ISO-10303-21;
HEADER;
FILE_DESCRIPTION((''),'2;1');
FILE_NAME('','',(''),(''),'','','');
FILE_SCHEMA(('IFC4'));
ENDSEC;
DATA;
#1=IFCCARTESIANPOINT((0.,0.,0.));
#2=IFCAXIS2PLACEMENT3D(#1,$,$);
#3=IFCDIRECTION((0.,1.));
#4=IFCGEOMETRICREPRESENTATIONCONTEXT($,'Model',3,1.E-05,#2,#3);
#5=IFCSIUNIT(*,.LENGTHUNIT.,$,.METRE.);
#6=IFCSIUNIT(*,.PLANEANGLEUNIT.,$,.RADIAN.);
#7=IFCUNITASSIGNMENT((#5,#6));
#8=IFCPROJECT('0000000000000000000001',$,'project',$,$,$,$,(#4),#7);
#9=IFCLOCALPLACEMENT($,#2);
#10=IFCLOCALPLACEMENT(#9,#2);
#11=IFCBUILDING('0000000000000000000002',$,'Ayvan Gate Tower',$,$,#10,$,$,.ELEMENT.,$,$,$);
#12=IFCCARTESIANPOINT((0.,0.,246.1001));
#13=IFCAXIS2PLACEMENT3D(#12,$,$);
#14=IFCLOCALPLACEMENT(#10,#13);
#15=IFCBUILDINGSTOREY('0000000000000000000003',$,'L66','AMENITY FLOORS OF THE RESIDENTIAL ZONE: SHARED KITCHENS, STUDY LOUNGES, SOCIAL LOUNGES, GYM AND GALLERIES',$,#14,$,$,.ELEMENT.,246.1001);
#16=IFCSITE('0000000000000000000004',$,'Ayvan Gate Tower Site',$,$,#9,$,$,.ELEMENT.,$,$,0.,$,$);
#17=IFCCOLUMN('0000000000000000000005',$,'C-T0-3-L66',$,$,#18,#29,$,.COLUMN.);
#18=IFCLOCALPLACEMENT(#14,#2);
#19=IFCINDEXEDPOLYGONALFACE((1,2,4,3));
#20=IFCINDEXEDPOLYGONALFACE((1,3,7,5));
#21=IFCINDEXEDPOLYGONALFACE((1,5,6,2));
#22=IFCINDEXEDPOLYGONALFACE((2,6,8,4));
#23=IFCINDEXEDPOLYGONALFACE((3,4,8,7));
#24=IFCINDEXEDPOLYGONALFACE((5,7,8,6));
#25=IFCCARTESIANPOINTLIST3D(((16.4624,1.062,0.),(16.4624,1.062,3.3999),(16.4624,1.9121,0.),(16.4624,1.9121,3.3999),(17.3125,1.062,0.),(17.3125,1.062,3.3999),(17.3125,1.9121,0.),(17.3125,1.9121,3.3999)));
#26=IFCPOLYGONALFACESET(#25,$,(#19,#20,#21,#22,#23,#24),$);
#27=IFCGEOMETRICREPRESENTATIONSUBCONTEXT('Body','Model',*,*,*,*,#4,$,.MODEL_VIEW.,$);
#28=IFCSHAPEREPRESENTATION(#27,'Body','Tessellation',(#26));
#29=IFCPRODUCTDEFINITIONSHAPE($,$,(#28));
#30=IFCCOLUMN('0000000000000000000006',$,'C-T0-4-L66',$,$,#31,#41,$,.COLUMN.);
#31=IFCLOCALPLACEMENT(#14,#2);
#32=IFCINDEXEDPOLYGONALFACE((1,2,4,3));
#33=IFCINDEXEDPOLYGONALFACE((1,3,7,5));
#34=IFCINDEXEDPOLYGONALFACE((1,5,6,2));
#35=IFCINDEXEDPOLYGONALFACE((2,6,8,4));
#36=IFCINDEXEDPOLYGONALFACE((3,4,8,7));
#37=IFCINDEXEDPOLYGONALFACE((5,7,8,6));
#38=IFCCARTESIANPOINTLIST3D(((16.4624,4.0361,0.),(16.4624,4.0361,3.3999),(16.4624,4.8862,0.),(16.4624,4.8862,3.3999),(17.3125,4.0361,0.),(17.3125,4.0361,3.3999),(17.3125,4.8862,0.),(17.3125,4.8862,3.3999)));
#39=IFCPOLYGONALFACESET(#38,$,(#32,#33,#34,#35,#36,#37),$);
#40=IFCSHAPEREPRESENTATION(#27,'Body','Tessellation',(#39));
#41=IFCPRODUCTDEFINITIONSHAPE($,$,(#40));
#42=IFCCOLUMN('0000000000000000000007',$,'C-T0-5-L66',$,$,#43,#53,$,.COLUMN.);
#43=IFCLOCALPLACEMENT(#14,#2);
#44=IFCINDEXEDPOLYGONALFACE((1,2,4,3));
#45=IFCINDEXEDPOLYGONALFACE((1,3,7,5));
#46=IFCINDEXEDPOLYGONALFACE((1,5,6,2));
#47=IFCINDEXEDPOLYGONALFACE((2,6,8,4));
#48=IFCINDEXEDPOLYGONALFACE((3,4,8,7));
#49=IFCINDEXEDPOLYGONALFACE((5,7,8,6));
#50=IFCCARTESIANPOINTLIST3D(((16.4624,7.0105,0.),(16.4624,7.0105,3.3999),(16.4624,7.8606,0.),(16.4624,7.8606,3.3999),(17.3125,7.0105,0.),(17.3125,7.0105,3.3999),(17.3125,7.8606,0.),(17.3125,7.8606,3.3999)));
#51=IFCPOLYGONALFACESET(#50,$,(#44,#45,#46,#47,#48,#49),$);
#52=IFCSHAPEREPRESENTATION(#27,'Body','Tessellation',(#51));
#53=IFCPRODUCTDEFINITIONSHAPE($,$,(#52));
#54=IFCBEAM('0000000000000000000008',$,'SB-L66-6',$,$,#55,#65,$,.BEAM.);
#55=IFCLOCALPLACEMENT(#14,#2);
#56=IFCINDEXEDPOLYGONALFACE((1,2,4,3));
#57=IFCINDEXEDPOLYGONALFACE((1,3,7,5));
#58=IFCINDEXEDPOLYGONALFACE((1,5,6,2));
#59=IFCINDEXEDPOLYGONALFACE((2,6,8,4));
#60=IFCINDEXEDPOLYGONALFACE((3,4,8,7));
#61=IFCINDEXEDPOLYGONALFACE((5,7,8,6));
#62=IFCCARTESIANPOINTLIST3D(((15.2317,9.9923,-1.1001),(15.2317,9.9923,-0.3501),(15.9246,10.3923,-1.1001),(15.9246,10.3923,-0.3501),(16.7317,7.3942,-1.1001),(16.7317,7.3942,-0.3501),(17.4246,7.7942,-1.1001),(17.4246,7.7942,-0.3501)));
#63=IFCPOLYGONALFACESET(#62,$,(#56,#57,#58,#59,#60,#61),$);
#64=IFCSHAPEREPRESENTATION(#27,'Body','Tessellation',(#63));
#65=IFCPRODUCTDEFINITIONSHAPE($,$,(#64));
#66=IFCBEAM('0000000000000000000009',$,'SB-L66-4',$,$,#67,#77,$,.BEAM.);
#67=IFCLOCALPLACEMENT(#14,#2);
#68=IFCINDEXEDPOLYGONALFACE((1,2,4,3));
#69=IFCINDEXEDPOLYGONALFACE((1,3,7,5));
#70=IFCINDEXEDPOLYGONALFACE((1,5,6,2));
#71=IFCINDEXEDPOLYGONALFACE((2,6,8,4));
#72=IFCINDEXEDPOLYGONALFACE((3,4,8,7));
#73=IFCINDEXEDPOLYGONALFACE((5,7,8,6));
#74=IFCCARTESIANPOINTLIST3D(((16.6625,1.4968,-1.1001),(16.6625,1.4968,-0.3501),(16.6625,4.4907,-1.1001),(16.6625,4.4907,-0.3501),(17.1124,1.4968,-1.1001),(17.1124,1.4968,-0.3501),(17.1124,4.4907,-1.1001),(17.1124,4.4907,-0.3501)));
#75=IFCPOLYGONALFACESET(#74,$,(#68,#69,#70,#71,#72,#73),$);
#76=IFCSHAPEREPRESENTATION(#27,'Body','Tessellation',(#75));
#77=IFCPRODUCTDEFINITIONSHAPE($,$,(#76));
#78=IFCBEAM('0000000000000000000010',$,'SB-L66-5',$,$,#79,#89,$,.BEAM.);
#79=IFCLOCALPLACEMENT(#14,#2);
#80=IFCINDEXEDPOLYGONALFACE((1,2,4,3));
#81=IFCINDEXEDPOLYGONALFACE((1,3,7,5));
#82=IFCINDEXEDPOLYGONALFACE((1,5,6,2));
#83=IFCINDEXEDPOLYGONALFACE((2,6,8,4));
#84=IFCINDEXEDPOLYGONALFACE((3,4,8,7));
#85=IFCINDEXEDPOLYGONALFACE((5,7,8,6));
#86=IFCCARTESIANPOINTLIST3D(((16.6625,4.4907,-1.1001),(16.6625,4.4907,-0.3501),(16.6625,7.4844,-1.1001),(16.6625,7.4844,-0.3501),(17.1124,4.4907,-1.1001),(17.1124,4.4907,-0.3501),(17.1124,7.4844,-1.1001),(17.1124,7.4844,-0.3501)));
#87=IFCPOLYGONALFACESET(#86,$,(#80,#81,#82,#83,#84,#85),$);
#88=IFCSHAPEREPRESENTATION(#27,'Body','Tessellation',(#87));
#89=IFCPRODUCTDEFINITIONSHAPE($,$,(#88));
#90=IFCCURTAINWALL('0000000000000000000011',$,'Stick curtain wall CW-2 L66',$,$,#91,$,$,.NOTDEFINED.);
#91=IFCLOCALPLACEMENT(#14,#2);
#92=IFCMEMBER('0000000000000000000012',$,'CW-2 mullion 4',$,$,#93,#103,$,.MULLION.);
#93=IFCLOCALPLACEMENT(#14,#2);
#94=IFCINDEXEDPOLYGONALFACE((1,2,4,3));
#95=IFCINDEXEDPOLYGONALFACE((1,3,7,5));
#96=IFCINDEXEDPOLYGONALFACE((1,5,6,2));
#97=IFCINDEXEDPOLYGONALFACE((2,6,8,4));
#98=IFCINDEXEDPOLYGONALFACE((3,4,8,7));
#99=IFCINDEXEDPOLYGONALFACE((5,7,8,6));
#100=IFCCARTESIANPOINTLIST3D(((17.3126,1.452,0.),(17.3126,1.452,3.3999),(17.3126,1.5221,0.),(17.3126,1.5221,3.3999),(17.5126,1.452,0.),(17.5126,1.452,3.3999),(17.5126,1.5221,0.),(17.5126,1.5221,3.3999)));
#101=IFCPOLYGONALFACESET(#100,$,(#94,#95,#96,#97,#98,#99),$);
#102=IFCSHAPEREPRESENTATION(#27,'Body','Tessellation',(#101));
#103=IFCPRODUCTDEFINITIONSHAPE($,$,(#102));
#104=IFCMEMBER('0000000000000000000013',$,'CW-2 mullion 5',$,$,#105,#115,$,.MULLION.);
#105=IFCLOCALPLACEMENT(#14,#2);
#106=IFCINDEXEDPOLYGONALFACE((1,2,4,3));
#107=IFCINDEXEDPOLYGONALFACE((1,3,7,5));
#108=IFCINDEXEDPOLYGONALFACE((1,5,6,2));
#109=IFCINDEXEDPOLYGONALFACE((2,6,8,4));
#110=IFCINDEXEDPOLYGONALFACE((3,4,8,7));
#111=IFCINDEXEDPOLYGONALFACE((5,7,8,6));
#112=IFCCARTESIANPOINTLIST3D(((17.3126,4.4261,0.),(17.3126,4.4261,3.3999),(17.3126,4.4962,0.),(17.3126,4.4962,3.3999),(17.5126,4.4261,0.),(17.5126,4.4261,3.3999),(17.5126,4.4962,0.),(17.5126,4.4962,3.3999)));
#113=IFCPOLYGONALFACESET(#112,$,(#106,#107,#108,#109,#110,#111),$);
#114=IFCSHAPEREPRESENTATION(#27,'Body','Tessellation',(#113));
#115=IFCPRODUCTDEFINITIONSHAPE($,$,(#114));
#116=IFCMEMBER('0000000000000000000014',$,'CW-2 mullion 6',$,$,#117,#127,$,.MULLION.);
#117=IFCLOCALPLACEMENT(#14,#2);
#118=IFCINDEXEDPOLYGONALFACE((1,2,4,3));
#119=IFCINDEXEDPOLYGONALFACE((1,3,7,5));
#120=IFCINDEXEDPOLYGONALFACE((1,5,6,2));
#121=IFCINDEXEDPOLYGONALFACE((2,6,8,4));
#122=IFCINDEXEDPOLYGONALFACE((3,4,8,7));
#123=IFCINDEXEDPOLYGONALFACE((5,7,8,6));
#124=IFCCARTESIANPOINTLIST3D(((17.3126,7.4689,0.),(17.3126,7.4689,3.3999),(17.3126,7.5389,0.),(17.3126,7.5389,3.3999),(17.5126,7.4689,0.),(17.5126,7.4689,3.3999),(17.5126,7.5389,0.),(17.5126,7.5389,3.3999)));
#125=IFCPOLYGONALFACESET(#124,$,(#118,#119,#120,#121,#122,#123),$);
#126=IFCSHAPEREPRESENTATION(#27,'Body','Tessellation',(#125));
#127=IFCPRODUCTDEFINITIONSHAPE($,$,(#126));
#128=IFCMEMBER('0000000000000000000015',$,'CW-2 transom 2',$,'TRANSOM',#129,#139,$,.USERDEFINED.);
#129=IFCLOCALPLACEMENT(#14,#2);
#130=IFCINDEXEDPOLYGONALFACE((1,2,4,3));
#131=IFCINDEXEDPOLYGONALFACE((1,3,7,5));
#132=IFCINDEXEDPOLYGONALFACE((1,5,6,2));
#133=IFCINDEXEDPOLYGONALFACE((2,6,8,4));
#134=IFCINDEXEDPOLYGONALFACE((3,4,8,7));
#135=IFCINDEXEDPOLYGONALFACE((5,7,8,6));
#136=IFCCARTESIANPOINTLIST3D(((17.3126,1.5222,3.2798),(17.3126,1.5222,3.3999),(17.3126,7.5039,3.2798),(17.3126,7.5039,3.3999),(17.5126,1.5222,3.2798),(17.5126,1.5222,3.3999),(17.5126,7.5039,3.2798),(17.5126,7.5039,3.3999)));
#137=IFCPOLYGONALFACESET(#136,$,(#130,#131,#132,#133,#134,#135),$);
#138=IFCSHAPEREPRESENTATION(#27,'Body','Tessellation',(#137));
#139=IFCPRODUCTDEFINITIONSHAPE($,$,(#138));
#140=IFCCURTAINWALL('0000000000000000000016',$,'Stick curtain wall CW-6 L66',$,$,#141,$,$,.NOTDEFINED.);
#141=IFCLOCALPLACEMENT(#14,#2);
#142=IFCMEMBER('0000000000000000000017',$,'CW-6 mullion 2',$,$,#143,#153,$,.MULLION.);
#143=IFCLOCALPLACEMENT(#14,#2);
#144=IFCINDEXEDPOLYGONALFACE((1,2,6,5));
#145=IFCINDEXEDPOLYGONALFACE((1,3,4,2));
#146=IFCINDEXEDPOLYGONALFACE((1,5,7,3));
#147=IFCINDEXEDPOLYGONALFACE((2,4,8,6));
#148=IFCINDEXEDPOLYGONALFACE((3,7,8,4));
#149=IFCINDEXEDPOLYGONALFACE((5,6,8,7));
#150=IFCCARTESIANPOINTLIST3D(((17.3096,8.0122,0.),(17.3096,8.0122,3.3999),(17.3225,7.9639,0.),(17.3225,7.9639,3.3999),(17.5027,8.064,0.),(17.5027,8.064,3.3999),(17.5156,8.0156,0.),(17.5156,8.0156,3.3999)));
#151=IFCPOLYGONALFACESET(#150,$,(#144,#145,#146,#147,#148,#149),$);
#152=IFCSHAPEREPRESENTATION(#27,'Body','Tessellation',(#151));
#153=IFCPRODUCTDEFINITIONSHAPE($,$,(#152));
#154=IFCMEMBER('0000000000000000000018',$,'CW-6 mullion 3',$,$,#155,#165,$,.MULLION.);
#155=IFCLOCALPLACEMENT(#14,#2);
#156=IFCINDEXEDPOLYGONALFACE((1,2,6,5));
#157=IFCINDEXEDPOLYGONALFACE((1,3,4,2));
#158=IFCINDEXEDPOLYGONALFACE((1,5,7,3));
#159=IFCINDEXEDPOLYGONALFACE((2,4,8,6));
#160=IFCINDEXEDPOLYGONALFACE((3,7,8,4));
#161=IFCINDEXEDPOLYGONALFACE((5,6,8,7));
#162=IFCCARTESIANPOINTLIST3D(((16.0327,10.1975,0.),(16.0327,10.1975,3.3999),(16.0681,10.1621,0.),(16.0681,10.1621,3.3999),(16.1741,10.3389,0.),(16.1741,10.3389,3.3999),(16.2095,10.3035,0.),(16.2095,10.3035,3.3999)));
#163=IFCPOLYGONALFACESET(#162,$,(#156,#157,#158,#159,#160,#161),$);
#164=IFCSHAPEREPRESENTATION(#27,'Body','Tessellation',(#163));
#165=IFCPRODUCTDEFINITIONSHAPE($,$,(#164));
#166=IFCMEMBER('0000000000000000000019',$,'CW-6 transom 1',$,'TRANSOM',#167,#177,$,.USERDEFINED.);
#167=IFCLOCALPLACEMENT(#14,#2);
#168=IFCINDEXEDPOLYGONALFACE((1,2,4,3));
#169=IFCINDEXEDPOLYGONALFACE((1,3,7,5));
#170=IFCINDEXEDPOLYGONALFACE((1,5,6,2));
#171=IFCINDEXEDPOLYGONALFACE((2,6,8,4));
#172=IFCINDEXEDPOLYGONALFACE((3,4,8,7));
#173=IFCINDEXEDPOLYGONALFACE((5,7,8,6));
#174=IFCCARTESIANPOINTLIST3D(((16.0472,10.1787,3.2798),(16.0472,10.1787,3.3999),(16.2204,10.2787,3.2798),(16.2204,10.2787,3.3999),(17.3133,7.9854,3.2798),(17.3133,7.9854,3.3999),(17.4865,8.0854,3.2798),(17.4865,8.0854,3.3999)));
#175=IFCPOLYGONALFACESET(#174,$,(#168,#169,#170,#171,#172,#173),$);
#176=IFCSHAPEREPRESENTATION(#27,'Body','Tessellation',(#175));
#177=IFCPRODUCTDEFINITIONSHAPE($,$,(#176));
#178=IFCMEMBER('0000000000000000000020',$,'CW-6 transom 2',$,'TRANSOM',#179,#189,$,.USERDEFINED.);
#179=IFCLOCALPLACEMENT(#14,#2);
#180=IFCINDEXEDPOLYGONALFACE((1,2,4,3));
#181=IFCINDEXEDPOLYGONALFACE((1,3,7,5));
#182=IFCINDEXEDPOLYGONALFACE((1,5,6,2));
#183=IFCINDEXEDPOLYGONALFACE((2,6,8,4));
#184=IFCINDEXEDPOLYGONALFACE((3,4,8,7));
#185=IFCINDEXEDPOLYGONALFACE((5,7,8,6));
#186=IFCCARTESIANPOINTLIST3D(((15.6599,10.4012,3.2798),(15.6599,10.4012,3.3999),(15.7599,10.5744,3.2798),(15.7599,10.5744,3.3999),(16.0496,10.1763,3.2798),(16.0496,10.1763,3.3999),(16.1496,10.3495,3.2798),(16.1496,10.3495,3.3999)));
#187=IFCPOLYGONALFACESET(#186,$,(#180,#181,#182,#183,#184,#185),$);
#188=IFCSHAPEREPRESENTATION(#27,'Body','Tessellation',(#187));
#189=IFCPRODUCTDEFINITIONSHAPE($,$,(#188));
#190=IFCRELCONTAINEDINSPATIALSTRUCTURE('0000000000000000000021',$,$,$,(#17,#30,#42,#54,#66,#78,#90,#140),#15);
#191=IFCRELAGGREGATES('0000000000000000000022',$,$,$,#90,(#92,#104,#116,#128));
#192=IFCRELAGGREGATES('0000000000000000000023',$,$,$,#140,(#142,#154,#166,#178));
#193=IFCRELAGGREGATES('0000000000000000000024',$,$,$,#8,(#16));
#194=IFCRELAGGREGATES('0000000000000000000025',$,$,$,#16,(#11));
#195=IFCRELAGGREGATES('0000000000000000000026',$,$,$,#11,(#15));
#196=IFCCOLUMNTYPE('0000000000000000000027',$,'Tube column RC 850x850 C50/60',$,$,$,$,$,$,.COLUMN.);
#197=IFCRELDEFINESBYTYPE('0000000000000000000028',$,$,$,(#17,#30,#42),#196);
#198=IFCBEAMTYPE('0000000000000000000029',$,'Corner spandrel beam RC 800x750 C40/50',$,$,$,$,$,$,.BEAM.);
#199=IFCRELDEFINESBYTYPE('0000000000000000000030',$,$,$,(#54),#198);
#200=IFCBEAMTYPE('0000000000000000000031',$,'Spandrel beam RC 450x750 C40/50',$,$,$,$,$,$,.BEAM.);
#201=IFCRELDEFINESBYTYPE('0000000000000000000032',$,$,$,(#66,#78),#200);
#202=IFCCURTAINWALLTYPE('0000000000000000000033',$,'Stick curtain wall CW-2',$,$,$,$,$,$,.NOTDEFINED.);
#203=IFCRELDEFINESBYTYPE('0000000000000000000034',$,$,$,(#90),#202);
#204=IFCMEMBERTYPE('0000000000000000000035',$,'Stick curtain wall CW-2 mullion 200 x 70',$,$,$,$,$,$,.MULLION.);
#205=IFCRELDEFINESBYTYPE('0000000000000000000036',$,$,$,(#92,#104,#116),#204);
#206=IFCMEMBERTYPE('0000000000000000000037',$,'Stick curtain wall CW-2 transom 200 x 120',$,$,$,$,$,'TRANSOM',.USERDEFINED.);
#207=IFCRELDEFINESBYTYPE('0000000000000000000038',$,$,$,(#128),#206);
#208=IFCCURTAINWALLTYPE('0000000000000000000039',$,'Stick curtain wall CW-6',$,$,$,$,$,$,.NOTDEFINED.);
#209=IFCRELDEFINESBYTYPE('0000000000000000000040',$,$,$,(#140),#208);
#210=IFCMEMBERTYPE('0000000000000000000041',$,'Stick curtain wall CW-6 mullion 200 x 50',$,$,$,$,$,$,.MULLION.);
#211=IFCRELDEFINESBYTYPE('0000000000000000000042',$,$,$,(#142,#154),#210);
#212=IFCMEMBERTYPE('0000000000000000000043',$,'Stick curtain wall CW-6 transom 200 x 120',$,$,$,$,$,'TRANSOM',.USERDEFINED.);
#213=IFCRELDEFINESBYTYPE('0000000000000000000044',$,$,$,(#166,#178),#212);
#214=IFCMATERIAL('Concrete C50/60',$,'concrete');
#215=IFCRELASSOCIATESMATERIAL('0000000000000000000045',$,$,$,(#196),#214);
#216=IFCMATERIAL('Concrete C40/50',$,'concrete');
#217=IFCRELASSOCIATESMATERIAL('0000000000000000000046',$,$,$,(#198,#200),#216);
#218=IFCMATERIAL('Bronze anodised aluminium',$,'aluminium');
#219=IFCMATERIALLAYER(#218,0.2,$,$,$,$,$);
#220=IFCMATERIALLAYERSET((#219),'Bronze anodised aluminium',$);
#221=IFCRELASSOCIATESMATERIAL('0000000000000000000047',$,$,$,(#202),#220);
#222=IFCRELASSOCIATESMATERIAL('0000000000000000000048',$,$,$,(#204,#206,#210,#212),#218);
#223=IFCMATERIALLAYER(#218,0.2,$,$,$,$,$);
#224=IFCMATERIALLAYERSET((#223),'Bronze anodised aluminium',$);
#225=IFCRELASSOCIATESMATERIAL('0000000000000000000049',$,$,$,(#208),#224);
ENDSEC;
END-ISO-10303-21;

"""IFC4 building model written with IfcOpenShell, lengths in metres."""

from ifc_helpers import new_model, si_unit, direction, frame, origin, origin_2d, place, context, subcontext, project, spatial, rectangle, extrude, material, layer, layer_set, material_profile, profile_set, type_object, element, aggregate, save


model = new_model("IFC4")

# Units and contexts
model_context = context("Model", 3, precision=1e-05, world=origin(), true_north=direction((0.0, 1.0)))
body_context = subcontext(model_context, "Body", "Model", "MODEL_VIEW")
ifc_project = project(units=[si_unit("LENGTHUNIT", "METRE"), si_unit("PLANEANGLEUNIT", "RADIAN")], contexts=[model_context])

# Site, building, storey
site_placement = place(None, origin())
site = spatial("IfcSite", under=ifc_project, at=site_placement, Name="Ayvan Gate Tower Site", CompositionType="ELEMENT", RefElevation=0.0)
building_placement = place(site_placement, origin())
building = spatial("IfcBuilding", under=site, at=building_placement, Name="Ayvan Gate Tower", CompositionType="ELEMENT")
storey_placement = place(building_placement, frame((0.0, 0.0, 246.1001)))
storey = spatial("IfcBuildingStorey", under=building, at=storey_placement, Name="L66", Description="AMENITY FLOORS OF THE RESIDENTIAL ZONE: SHARED KITCHENS, STUDY LOUNGES, SOCIAL LOUNGES, GYM AND GALLERIES", CompositionType="ELEMENT", Elevation=246.1001)

# Columns
ifc_material_1 = material(Name="Concrete C50/60", Category="concrete")
ifc_material_profile_1 = material_profile(ifc_material_1, rectangle(XDim=0.8501, YDim=0.8501, at=origin_2d()), Name="RC 850x850")
ifc_profile_set_1 = profile_set([ifc_material_profile_1], Name="Concrete C50/60")
column_type = type_object("IfcColumnType", Name="Tube column RC 850x850 C50/60", PredefinedType="COLUMN", material=ifc_profile_set_1)
for number, where, z_axis, x_axis, name in (
    (1, (16.8875, 1.4871, 0.0), (0.0, 0.0, 1.0), (1.0, 0.0, 0.0), "C-T0-3-L66"),
    (2, (16.8875, 4.4612, 0.0), (0.0, 0.0, 1.0), (1.0, 0.0, 0.0), "C-T0-4-L66"),
    (3, (16.8875, 7.4355, 0.0), (0.0, 0.0, 1.0), (1.0, 0.0, 0.0), "C-T0-5-L66"),
):
    element("IfcColumn", number, at=place(storey_placement, frame(where, z_axis=z_axis, x_axis=x_axis)), inside=storey, type_object=column_type, Name=name, PredefinedType="COLUMN", context=body_context, shape_type="SweptSolid", body=[
        extrude(rectangle(XDim=0.8501, YDim=0.8501, at=origin_2d()), origin(), (0.0, 0.0, 1.0), 3.3999),
    ])

# Beams
ifc_material_2 = material(Name="Concrete C40/50", Category="concrete")
ifc_material_profile_2 = material_profile(ifc_material_2, rectangle(XDim=0.8, YDim=0.75, at=origin_2d()), Name="RC 800x750")
ifc_profile_set_2 = profile_set([ifc_material_profile_2], Name="Concrete C40/50")
beam_type_1 = type_object("IfcBeamType", Name="Corner spandrel beam RC 800x750 C40/50", PredefinedType="BEAM", material=ifc_profile_set_2)
beam_1_placement = place(storey_placement, frame((17.0781, 7.5942, -0.7251), z_axis=(-0.49999, 0.866031, 0.0), x_axis=(-0.866031, -0.49999, 0.0)))
element("IfcBeam", 4, at=beam_1_placement, inside=storey, type_object=beam_type_1, Name="SB-L66-6", PredefinedType="BEAM", context=body_context, shape_type="SweptSolid", body=[
    extrude(rectangle(XDim=0.8, YDim=0.75, at=origin_2d()), origin(), (0.0, 0.0, 1.0), 3.0),
])
ifc_material_profile_3 = material_profile(ifc_material_2, rectangle(XDim=0.45, YDim=0.75, at=origin_2d()), Name="RC 450x750")
ifc_profile_set_3 = profile_set([ifc_material_profile_3], Name="Concrete C40/50")
beam_type_2 = type_object("IfcBeamType", Name="Spandrel beam RC 450x750 C40/50", PredefinedType="BEAM", material=ifc_profile_set_3)
beam_2_placement = place(storey_placement, frame((16.8875, 1.4968, -0.7251), z_axis=(0.0, 1.0, 0.0), x_axis=(-1.0, 0.0, 0.0)))
element("IfcBeam", 5, at=beam_2_placement, inside=storey, type_object=beam_type_2, Name="SB-L66-4", PredefinedType="BEAM", context=body_context, shape_type="SweptSolid", body=[
    extrude(rectangle(XDim=0.45, YDim=0.75, at=origin_2d()), origin(), (0.0, 0.0, 1.0), 2.9939),
])
beam_3_placement = place(storey_placement, frame((16.8875, 4.4907, -0.7251), z_axis=(0.0, 1.0, 0.0), x_axis=(-1.0, 0.0, 0.0)))
element("IfcBeam", 6, at=beam_3_placement, inside=storey, type_object=beam_type_2, Name="SB-L66-5", PredefinedType="BEAM", context=body_context, shape_type="SweptSolid", body=[
    extrude(rectangle(XDim=0.45, YDim=0.75, at=origin_2d()), origin(), (0.0, 0.0, 1.0), 2.9937),
])

# Curtain walls, members
ifc_material_3 = material(Name="Bronze anodised aluminium", Category="aluminium")
ifc_layer_1 = layer(ifc_material_3, 0.2)
ifc_layer_set_1 = layer_set([ifc_layer_1], Name="Bronze anodised aluminium")
curtain_wall_type_1 = type_object("IfcCurtainWallType", Name="Stick curtain wall CW-2", PredefinedType="NOTDEFINED", material=ifc_layer_set_1)
curtain_wall_1_placement = place(storey_placement, origin())
curtain_wall_1 = element("IfcCurtainWall", 7, at=curtain_wall_1_placement, inside=storey, type_object=curtain_wall_type_1, Name="Stick curtain wall CW-2 L66", PredefinedType="NOTDEFINED")
ifc_material_profile_4 = material_profile(ifc_material_3, rectangle(XDim=0.2, YDim=0.0701, at=origin_2d()), Name="Stick curtain wall CW-2 mullion 200 x 70")
ifc_profile_set_4 = profile_set([ifc_material_profile_4], Name="Bronze anodised aluminium")
member_type_1 = type_object("IfcMemberType", Name="Stick curtain wall CW-2 mullion 200 x 70", PredefinedType="MULLION", material=ifc_profile_set_4)
member_1_placement = place(storey_placement, frame((17.4126, 1.4871, 0.0), z_axis=(0.0, 0.0, 1.0), x_axis=(1.0, 0.0, 0.0)))
member_1 = element("IfcMember", 8, at=member_1_placement, type_object=member_type_1, Name="CW-2 mullion 4", PredefinedType="MULLION", context=body_context, shape_type="SweptSolid", body=[
    extrude(rectangle(XDim=0.2, YDim=0.0701, at=origin_2d()), origin(), (0.0, 0.0, 1.0), 3.3999),
])
member_2_placement = place(storey_placement, frame((17.4126, 4.4612, 0.0), z_axis=(0.0, 0.0, 1.0), x_axis=(1.0, 0.0, 0.0)))
member_2 = element("IfcMember", 9, at=member_2_placement, type_object=member_type_1, Name="CW-2 mullion 5", PredefinedType="MULLION", context=body_context, shape_type="SweptSolid", body=[
    extrude(rectangle(XDim=0.2, YDim=0.0701, at=origin_2d()), origin(), (0.0, 0.0, 1.0), 3.3999),
])
member_3_placement = place(storey_placement, frame((17.4126, 7.5039, 0.0), z_axis=(0.0, 0.0, 1.0), x_axis=(1.0, 0.0, 0.0)))
member_3 = element("IfcMember", 10, at=member_3_placement, type_object=member_type_1, Name="CW-2 mullion 6", PredefinedType="MULLION", context=body_context, shape_type="SweptSolid", body=[
    extrude(rectangle(XDim=0.2, YDim=0.0701, at=origin_2d()), origin(), (0.0, 0.0, 1.0), 3.3999),
])
ifc_material_profile_5 = material_profile(ifc_material_3, rectangle(XDim=0.2, YDim=0.1201, at=origin_2d()), Name="Stick curtain wall CW-2 transom 200 x 120")
ifc_profile_set_5 = profile_set([ifc_material_profile_5], Name="Bronze anodised aluminium")
member_type_2 = type_object("IfcMemberType", Name="Stick curtain wall CW-2 transom 200 x 120", ElementType="TRANSOM", PredefinedType="USERDEFINED", material=ifc_profile_set_5)
member_4_placement = place(storey_placement, frame((17.4126, 1.5222, 3.3398), z_axis=(0.0, 1.0, 0.0), x_axis=(-1.0, 0.0, 0.0)))
member_4 = element("IfcMember", 11, at=member_4_placement, type_object=member_type_2, Name="CW-2 transom 2", ObjectType="TRANSOM", PredefinedType="USERDEFINED", context=body_context, shape_type="SweptSolid", body=[
    extrude(rectangle(XDim=0.2, YDim=0.1201, at=origin_2d()), origin(), (0.0, 0.0, 1.0), 5.9817),
])
ifc_layer_2 = layer(ifc_material_3, 0.2)
ifc_layer_set_2 = layer_set([ifc_layer_2], Name="Bronze anodised aluminium")
curtain_wall_type_2 = type_object("IfcCurtainWallType", Name="Stick curtain wall CW-6", PredefinedType="NOTDEFINED", material=ifc_layer_set_2)
curtain_wall_2_placement = place(storey_placement, origin())
curtain_wall_2 = element("IfcCurtainWall", 12, at=curtain_wall_2_placement, inside=storey, type_object=curtain_wall_type_2, Name="Stick curtain wall CW-6 L66", PredefinedType="NOTDEFINED")
ifc_material_profile_6 = material_profile(ifc_material_3, rectangle(XDim=0.2, YDim=0.05, at=origin_2d()), Name="Stick curtain wall CW-6 mullion 200 x 50")
ifc_profile_set_6 = profile_set([ifc_material_profile_6], Name="Bronze anodised aluminium")
member_type_3 = type_object("IfcMemberType", Name="Stick curtain wall CW-6 mullion 200 x 50", PredefinedType="MULLION", material=ifc_profile_set_6)
member_5_placement = place(storey_placement, frame((17.4126, 8.0139, 0.0), z_axis=(0.0, 0.0, 1.0), x_axis=(0.965926, 0.258819, 0.0)))
member_5 = element("IfcMember", 13, at=member_5_placement, type_object=member_type_3, Name="CW-6 mullion 2", PredefinedType="MULLION", context=body_context, shape_type="SweptSolid", body=[
    extrude(rectangle(XDim=0.2, YDim=0.05, at=origin_2d()), origin(), (0.0, 0.0, 1.0), 3.3999),
])
member_6_placement = place(storey_placement, frame((16.1211, 10.2505, 0.0), z_axis=(0.0, 0.0, 1.0), x_axis=(0.707107, 0.707107, 0.0)))
member_6 = element("IfcMember", 14, at=member_6_placement, type_object=member_type_3, Name="CW-6 mullion 3", PredefinedType="MULLION", context=body_context, shape_type="SweptSolid", body=[
    extrude(rectangle(XDim=0.2, YDim=0.05, at=origin_2d()), origin(), (0.0, 0.0, 1.0), 3.3999),
])
ifc_material_profile_7 = material_profile(ifc_material_3, rectangle(XDim=0.2, YDim=0.1201, at=origin_2d()), Name="Stick curtain wall CW-6 transom 200 x 120")
ifc_profile_set_7 = profile_set([ifc_material_profile_7], Name="Bronze anodised aluminium")
member_type_4 = type_object("IfcMemberType", Name="Stick curtain wall CW-6 transom 200 x 120", ElementType="TRANSOM", PredefinedType="USERDEFINED", material=ifc_profile_set_7)
member_7_placement = place(storey_placement, frame((17.3999, 8.0354, 3.3398), z_axis=(-0.499934, 0.866064, 0.0), x_axis=(-0.866064, -0.499934, 0.0)))
member_7 = element("IfcMember", 15, at=member_7_placement, type_object=member_type_4, Name="CW-6 transom 1", ObjectType="TRANSOM", PredefinedType="USERDEFINED", context=body_context, shape_type="SweptSolid", body=[
    extrude(rectangle(XDim=0.2, YDim=0.1201, at=origin_2d()), origin(), (0.0, 0.0, 1.0), 2.5325),
])
member_8_placement = place(storey_placement, frame((16.0996, 10.2629, 3.3398), z_axis=(-0.866131, 0.499816, 0.0), x_axis=(-0.499816, -0.866131, 0.0)))
member_8 = element("IfcMember", 16, at=member_8_placement, type_object=member_type_4, Name="CW-6 transom 2", ObjectType="TRANSOM", PredefinedType="USERDEFINED", context=body_context, shape_type="SweptSolid", body=[
    extrude(rectangle(XDim=0.2, YDim=0.1201, at=origin_2d()), origin(), (0.0, 0.0, 1.0), 0.45),
])

aggregate(curtain_wall_1, [member_1, member_2, member_3, member_4])
aggregate(curtain_wall_2, [member_5, member_6, member_7, member_8])

save(model, "model.ifc")
